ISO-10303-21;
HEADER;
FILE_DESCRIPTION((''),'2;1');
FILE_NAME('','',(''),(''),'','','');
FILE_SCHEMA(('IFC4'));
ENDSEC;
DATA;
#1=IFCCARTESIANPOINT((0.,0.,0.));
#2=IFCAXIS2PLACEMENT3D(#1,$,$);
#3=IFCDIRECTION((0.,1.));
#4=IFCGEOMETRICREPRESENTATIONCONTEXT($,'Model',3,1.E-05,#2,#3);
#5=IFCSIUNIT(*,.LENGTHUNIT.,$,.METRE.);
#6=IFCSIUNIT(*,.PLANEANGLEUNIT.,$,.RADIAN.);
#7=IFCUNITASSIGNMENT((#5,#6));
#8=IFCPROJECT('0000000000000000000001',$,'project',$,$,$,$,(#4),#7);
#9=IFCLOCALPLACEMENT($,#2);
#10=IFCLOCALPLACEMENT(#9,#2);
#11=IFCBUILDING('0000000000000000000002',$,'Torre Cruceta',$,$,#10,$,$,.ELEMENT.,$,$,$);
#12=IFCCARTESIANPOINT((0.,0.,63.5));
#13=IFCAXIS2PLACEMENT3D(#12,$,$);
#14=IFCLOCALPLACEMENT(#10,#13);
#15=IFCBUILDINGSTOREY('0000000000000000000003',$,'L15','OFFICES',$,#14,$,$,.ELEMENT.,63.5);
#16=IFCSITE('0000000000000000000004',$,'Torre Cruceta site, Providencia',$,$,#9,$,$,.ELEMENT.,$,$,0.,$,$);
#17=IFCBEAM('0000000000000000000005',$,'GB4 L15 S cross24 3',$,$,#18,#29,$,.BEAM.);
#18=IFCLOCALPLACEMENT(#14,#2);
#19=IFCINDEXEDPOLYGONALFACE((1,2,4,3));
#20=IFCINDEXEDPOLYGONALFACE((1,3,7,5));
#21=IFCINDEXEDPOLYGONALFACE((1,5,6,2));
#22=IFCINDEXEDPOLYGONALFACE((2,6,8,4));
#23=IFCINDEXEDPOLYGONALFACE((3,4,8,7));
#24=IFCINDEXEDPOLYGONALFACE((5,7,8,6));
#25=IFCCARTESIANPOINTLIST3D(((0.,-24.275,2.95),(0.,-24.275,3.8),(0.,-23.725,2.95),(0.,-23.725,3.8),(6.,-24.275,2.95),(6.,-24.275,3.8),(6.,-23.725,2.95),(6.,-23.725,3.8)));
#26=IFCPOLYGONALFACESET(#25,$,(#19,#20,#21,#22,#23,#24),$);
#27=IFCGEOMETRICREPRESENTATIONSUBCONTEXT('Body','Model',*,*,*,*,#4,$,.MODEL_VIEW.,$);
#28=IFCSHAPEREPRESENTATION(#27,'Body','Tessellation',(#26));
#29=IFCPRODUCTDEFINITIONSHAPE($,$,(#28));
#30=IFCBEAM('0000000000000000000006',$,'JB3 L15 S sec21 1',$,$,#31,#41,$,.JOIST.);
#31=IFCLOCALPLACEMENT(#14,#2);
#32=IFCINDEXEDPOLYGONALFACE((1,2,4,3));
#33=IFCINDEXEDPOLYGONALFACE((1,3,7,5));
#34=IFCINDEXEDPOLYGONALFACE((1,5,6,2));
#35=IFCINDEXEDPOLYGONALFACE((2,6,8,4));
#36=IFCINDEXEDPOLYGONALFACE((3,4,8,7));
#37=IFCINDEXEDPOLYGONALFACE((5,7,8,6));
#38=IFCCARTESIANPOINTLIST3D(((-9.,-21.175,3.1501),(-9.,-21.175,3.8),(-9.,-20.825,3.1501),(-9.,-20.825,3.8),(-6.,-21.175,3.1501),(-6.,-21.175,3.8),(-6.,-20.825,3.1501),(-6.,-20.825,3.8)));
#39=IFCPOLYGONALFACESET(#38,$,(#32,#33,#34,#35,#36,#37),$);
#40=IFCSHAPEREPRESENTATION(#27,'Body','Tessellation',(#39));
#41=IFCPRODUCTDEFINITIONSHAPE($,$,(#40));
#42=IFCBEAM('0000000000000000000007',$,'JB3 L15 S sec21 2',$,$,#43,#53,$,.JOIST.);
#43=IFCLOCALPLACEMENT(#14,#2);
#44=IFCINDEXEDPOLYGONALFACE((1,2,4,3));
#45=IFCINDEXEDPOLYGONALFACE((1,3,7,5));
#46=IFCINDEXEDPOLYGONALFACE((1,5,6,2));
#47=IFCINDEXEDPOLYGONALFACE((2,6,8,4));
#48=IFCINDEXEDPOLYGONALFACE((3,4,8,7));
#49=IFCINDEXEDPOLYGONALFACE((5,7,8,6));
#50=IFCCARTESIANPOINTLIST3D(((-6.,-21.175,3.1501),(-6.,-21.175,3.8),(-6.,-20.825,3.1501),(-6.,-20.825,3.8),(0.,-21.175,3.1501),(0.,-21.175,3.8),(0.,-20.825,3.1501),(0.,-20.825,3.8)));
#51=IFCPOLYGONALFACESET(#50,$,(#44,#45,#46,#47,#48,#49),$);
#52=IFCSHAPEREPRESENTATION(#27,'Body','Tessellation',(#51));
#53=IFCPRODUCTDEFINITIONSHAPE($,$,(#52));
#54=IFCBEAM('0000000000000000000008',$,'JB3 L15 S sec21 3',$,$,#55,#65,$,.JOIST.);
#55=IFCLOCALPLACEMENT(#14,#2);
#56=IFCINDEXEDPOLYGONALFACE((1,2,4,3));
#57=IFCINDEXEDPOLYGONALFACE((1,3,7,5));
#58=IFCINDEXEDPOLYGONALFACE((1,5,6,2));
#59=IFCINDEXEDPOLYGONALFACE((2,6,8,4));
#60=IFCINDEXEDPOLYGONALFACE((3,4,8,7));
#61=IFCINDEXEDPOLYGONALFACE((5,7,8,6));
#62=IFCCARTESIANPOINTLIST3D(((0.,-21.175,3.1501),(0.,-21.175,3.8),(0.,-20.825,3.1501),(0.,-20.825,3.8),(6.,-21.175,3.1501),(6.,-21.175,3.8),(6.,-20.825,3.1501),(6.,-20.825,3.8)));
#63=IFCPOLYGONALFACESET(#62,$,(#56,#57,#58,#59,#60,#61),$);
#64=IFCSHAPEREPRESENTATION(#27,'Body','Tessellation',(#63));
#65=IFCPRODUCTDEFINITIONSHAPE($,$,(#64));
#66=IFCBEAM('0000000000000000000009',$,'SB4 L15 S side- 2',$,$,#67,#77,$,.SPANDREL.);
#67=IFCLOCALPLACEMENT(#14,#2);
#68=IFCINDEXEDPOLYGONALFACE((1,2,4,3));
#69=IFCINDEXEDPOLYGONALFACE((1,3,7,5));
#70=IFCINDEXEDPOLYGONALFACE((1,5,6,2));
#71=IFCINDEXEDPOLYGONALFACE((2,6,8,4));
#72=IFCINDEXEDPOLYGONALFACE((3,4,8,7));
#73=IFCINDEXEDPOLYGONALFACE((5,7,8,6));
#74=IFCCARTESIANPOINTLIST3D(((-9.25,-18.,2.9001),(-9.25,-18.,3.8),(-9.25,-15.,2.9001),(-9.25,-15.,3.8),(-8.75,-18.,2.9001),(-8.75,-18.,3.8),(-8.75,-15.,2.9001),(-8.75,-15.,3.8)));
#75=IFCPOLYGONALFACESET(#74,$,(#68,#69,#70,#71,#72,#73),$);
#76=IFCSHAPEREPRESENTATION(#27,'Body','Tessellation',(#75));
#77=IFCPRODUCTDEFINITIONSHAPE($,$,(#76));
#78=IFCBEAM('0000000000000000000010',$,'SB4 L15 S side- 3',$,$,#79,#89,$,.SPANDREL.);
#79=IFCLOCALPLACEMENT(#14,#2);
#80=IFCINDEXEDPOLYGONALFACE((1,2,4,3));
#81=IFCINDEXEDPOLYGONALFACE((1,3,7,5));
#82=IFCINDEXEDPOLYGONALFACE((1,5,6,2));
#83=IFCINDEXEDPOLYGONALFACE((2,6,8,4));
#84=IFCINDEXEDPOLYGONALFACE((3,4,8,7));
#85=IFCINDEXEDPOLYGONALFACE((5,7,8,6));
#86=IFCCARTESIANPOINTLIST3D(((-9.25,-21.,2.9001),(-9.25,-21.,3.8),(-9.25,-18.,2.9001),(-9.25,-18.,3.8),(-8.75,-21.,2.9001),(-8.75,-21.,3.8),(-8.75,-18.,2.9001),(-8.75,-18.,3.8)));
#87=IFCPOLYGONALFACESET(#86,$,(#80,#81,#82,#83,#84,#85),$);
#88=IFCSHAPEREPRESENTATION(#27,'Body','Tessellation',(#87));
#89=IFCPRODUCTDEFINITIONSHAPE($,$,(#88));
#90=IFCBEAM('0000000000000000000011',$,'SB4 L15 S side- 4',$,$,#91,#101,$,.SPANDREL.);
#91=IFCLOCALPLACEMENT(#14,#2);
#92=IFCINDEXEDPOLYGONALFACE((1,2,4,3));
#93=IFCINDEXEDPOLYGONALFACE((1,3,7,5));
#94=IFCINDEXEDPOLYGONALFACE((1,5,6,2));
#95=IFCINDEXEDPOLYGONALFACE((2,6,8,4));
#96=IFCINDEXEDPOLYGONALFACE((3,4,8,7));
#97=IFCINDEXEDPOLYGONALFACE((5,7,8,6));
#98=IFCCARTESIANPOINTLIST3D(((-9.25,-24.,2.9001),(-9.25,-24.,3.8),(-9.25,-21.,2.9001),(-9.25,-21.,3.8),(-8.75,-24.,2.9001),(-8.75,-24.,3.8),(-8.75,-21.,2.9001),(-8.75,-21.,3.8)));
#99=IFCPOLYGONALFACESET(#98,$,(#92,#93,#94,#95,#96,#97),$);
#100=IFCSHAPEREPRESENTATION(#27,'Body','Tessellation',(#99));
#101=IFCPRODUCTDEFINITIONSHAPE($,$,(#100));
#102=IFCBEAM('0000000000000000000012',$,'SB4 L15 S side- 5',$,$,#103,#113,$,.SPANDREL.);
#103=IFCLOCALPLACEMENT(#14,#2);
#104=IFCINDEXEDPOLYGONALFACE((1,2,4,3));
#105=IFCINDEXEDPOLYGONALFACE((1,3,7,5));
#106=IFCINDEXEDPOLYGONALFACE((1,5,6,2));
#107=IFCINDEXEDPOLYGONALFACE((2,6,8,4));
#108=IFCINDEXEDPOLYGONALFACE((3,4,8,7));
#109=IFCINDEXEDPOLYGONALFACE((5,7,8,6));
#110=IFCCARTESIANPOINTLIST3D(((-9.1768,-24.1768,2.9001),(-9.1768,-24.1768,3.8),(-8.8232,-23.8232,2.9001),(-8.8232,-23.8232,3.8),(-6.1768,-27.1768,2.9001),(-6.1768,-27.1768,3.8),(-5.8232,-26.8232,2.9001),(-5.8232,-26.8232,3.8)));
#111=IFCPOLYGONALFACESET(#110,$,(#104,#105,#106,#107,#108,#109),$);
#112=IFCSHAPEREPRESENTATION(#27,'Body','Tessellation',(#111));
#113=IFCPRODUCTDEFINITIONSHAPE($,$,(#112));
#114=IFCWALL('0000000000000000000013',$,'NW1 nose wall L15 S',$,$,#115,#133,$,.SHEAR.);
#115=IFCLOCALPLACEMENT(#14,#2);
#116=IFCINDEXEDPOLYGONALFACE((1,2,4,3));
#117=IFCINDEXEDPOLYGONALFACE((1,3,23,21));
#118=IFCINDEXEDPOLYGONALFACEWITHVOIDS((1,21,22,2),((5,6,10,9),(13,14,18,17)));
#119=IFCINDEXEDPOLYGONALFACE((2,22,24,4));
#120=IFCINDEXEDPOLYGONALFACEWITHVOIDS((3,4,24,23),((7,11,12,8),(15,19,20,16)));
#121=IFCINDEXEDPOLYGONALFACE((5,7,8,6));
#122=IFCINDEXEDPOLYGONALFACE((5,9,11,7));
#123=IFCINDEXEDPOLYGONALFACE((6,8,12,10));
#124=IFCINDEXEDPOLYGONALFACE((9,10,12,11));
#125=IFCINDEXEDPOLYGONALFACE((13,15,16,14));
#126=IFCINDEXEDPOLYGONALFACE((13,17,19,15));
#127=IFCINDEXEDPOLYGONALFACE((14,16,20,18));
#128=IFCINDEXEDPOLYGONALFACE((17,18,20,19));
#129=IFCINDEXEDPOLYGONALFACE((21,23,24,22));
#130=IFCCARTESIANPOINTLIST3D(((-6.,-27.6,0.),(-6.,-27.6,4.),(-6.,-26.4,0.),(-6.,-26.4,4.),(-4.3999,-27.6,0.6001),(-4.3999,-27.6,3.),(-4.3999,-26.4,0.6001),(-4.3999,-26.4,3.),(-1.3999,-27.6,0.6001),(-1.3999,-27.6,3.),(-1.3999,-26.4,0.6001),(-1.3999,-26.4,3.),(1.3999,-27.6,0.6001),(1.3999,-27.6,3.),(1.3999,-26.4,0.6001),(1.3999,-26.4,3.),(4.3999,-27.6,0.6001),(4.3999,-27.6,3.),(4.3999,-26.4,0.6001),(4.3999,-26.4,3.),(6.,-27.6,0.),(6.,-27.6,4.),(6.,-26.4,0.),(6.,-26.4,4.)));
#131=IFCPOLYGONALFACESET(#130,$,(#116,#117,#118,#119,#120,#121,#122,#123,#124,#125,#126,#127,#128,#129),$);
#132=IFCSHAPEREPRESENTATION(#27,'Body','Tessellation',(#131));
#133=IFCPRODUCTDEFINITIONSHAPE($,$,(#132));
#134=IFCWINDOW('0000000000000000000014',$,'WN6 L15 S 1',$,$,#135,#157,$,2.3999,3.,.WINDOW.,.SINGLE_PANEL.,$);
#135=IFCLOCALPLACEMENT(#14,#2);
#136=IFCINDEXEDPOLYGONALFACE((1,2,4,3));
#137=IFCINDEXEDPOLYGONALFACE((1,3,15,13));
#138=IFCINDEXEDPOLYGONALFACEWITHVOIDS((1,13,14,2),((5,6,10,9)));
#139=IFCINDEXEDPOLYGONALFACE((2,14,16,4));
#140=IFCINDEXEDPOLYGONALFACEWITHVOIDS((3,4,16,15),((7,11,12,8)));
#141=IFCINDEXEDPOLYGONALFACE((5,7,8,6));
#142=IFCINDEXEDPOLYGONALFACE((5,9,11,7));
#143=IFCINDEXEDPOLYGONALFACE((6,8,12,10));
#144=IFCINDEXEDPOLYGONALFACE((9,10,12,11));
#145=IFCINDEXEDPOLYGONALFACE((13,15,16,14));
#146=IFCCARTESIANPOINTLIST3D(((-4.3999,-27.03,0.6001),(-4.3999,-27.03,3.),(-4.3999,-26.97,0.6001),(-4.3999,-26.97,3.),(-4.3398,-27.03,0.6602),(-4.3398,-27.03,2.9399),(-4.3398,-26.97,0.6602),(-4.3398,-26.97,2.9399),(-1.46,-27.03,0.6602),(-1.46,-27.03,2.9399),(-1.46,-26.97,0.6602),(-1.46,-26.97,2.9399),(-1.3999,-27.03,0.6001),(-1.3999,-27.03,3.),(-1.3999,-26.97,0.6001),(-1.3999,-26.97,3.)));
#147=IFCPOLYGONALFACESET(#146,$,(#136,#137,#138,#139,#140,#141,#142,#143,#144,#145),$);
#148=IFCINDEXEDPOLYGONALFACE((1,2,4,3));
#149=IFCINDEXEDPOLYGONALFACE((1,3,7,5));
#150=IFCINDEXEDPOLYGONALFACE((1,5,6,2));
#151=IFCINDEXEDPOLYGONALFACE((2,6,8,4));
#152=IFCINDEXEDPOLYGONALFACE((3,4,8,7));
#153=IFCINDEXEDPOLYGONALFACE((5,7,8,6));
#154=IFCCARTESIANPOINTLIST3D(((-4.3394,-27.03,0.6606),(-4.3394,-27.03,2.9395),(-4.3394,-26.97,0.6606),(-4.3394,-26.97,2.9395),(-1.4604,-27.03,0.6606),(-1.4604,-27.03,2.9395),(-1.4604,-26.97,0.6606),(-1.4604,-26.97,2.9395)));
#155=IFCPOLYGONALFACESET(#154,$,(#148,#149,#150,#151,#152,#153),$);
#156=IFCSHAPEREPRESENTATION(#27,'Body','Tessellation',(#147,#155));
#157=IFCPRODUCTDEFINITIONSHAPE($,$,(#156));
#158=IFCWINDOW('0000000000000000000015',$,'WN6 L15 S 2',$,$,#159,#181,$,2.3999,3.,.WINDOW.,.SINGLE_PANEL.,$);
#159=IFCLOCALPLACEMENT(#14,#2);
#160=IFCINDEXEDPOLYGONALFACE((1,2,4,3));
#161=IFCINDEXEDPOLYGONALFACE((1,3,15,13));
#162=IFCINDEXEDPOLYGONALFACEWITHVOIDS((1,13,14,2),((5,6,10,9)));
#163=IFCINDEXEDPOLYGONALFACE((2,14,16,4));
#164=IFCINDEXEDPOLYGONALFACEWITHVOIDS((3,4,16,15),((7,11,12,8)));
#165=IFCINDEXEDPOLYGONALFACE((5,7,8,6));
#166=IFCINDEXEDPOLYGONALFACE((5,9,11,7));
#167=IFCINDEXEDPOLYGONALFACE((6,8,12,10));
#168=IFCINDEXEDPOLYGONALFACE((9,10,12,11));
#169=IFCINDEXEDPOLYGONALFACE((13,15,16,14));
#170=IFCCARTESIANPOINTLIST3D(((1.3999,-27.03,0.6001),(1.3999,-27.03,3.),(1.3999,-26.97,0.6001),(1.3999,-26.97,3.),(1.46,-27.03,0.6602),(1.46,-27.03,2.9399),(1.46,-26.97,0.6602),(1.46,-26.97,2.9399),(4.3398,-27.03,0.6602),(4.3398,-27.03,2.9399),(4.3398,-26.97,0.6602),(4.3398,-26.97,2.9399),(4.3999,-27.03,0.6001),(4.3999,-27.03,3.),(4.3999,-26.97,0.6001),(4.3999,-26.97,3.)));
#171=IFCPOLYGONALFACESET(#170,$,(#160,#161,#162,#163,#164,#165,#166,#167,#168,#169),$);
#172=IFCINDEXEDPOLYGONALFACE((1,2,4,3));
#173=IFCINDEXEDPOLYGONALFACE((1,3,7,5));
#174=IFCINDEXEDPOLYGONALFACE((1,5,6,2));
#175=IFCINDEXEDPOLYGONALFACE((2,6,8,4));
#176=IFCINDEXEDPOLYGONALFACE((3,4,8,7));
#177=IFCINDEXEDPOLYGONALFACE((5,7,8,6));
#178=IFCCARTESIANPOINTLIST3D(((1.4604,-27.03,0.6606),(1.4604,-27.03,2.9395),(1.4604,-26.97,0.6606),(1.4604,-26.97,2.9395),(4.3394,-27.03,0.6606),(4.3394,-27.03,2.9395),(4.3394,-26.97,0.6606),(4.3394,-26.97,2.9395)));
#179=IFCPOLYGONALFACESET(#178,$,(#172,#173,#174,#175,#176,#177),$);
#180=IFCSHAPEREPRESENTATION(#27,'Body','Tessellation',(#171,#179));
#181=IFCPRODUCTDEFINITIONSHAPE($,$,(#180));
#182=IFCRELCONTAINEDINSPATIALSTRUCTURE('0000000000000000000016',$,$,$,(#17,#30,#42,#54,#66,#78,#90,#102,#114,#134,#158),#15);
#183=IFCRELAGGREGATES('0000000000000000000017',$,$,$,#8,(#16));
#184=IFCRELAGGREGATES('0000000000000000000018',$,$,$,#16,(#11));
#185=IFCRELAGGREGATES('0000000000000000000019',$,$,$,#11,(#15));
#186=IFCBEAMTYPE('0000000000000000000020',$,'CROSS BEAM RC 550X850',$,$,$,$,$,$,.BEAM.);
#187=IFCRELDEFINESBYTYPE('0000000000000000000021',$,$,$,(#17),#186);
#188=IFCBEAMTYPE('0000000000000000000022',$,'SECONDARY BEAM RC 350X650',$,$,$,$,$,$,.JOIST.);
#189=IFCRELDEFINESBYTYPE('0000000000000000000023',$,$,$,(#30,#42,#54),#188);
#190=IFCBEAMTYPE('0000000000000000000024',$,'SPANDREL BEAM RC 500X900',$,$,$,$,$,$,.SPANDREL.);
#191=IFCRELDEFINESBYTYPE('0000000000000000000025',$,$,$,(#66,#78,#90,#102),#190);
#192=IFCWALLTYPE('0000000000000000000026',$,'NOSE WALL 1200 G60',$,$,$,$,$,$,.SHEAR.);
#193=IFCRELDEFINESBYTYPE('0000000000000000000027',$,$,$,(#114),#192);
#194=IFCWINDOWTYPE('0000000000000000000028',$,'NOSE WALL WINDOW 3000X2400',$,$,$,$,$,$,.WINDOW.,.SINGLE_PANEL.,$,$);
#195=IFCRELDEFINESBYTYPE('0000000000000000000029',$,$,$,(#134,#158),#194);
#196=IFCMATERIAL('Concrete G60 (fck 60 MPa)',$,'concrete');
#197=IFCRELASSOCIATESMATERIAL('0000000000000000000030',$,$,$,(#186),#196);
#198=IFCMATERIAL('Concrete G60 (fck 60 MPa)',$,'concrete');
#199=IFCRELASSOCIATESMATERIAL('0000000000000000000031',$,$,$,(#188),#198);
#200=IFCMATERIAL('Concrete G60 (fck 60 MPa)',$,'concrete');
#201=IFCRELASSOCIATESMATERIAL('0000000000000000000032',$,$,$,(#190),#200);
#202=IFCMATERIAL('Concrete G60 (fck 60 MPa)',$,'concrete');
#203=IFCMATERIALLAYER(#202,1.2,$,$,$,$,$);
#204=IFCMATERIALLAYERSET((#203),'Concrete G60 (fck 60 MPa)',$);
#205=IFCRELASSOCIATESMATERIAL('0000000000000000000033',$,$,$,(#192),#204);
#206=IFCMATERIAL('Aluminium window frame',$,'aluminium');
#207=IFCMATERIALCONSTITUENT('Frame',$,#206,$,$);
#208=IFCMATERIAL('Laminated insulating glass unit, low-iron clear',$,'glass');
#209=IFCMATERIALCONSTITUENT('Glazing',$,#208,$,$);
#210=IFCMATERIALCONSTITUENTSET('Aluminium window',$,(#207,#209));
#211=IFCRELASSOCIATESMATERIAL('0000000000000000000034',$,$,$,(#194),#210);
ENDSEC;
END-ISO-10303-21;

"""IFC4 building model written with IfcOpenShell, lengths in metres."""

from ifc_helpers import new_model, si_unit, direction, frame, frame_2d, origin, origin_2d, place, context, subcontext, project, spatial, rectangle, hollow_rectangle, extrude, material, layer, layer_set, constituent, constituent_set, material_profile, profile_set, type_object, element, fill, save


model = new_model("IFC4")

# Units and contexts
model_context = context("Model", 3, precision=1e-05, world=origin(), true_north=direction((0.0, 1.0)))
body_context = subcontext(model_context, "Body", "Model", "MODEL_VIEW")
ifc_project = project(units=[si_unit("LENGTHUNIT", "METRE"), si_unit("PLANEANGLEUNIT", "RADIAN")], contexts=[model_context])

# Site, building, storey
site_placement = place(None, origin())
site = spatial("IfcSite", under=ifc_project, at=site_placement, Name="Torre Cruceta site, Providencia", CompositionType="ELEMENT", RefElevation=0.0)
building_placement = place(site_placement, origin())
building = spatial("IfcBuilding", under=site, at=building_placement, Name="Torre Cruceta", CompositionType="ELEMENT")
storey_placement = place(building_placement, frame((0.0, 0.0, 63.5)))
storey = spatial("IfcBuildingStorey", under=building, at=storey_placement, Name="L15", Description="OFFICES", CompositionType="ELEMENT", Elevation=63.5)

# Beams
ifc_material_1 = material(Name="Concrete G60 (fck 60 MPa)", Category="concrete")
ifc_material_profile_1 = material_profile(ifc_material_1, rectangle(XDim=0.55, YDim=0.8501, at=origin_2d()), Name="RC 550X850")
ifc_profile_set_1 = profile_set([ifc_material_profile_1], Name="Concrete G60 (fck 60 MPa)")
beam_type_1 = type_object("IfcBeamType", Name="CROSS BEAM RC 550X850", PredefinedType="BEAM", material=ifc_profile_set_1)
for number, where, z_axis, x_axis, name in (
    (1, (0.0, -24.0, 3.375), (1.0, 0.0, 0.0), (0.0, 1.0, 0.0), "GB4 L15 S cross24 3"),
):
    element("IfcBeam", number, at=place(storey_placement, frame(where, z_axis=z_axis, x_axis=x_axis)), inside=storey, type_object=beam_type_1, Name=name, PredefinedType="BEAM", context=body_context, shape_type="SweptSolid", body=[
        extrude(rectangle(XDim=0.55, YDim=0.8501, at=origin_2d()), origin(), (0.0, 0.0, 1.0), 6.0),
    ])
ifc_material_2 = material(Name="Concrete G60 (fck 60 MPa)", Category="concrete")
ifc_material_profile_2 = material_profile(ifc_material_2, rectangle(XDim=0.3501, YDim=0.6499, at=origin_2d()), Name="RC 350X650")
ifc_profile_set_2 = profile_set([ifc_material_profile_2], Name="Concrete G60 (fck 60 MPa)")
beam_type_2 = type_object("IfcBeamType", Name="SECONDARY BEAM RC 350X650", PredefinedType="JOIST", material=ifc_profile_set_2)
beam_1_placement = place(storey_placement, frame((-9.0, -21.0, 3.4751), z_axis=(1.0, 0.0, 0.0), x_axis=(0.0, 1.0, 0.0)))
element("IfcBeam", 2, at=beam_1_placement, inside=storey, type_object=beam_type_2, Name="JB3 L15 S sec21 1", PredefinedType="JOIST", context=body_context, shape_type="SweptSolid", body=[
    extrude(rectangle(XDim=0.3501, YDim=0.6499, at=origin_2d()), origin(), (0.0, 0.0, 1.0), 3.0),
])
for number, where, z_axis, x_axis, name in (
    (3, (-6.0, -21.0, 3.4751), (1.0, 0.0, 0.0), (0.0, 1.0, 0.0), "JB3 L15 S sec21 2"),
    (4, (0.0, -21.0, 3.4751), (1.0, 0.0, 0.0), (0.0, 1.0, 0.0), "JB3 L15 S sec21 3"),
):
    element("IfcBeam", number, at=place(storey_placement, frame(where, z_axis=z_axis, x_axis=x_axis)), inside=storey, type_object=beam_type_2, Name=name, PredefinedType="JOIST", context=body_context, shape_type="SweptSolid", body=[
        extrude(rectangle(XDim=0.3501, YDim=0.6499, at=origin_2d()), origin(), (0.0, 0.0, 1.0), 6.0),
    ])
ifc_material_3 = material(Name="Concrete G60 (fck 60 MPa)", Category="concrete")
ifc_material_profile_3 = material_profile(ifc_material_3, rectangle(XDim=0.5, YDim=0.8999, at=origin_2d()), Name="RC 500X900")
ifc_profile_set_3 = profile_set([ifc_material_profile_3], Name="Concrete G60 (fck 60 MPa)")
beam_type_3 = type_object("IfcBeamType", Name="SPANDREL BEAM RC 500X900", PredefinedType="SPANDREL", material=ifc_profile_set_3)
for number, where, z_axis, x_axis, name in (
    (5, (-9.0, -15.0, 3.3501), (0.0, -1.0, 0.0), (1.0, 0.0, 0.0), "SB4 L15 S side- 2"),
    (6, (-9.0, -18.0, 3.3501), (0.0, -1.0, 0.0), (1.0, 0.0, 0.0), "SB4 L15 S side- 3"),
    (7, (-9.0, -21.0, 3.3501), (0.0, -1.0, 0.0), (1.0, 0.0, 0.0), "SB4 L15 S side- 4"),
):
    element("IfcBeam", number, at=place(storey_placement, frame(where, z_axis=z_axis, x_axis=x_axis)), inside=storey, type_object=beam_type_3, Name=name, PredefinedType="SPANDREL", context=body_context, shape_type="SweptSolid", body=[
        extrude(rectangle(XDim=0.5, YDim=0.8999, at=origin_2d()), origin(), (0.0, 0.0, 1.0), 3.0),
    ])
beam_2_placement = place(storey_placement, frame((-9.0, -24.0, 3.3501), z_axis=(0.707107, -0.707107, 0.0), x_axis=(0.707107, 0.707107, 0.0)))
element("IfcBeam", 8, at=beam_2_placement, inside=storey, type_object=beam_type_3, Name="SB4 L15 S side- 5", PredefinedType="SPANDREL", context=body_context, shape_type="SweptSolid", body=[
    extrude(rectangle(XDim=0.5, YDim=0.8999, at=origin_2d()), origin(), (0.0, 0.0, 1.0), 4.2427),
])

# Wall, openings, windows
ifc_material_4 = material(Name="Concrete G60 (fck 60 MPa)", Category="concrete")
ifc_layer_1 = layer(ifc_material_4, 1.2)
ifc_layer_set_1 = layer_set([ifc_layer_1], Name="Concrete G60 (fck 60 MPa)")
wall_type_1 = type_object("IfcWallType", Name="NOSE WALL 1200 G60", PredefinedType="SHEAR", material=ifc_layer_set_1)
wall_1_placement = place(storey_placement, frame((-6.0, -27.0, 0.0), z_axis=(0.0, 0.0, 1.0), x_axis=(1.0, 0.0, 0.0)))
wall_1 = element("IfcWall", 9, at=wall_1_placement, inside=storey, type_object=wall_type_1, Name="NW1 nose wall L15 S", PredefinedType="SHEAR", context=body_context, shape_type="SweptSolid", body=[
    extrude(rectangle(XDim=12.0, YDim=1.2, at=frame_2d((6.0, 0.0))), origin(), (0.0, 0.0, 1.0), 4.0),
])
opening_1_placement = place(wall_1_placement, frame((1.6001, 0.0, 0.6001)))
opening_1 = element("IfcOpeningElement", 10, at=opening_1_placement, cuts=wall_1, PredefinedType="OPENING", context=body_context, shape_type="SweptSolid", body=[
    extrude(rectangle(XDim=3.0, YDim=2.3999, at=frame_2d((1.5, 1.2))), frame((0.0, 0.6099, 0.0), z_axis=(0.0, -1.0, 0.0), x_axis=(1.0, 0.0, 0.0)), (0.0, 0.0, 1.0), 1.22),
])
opening_2_placement = place(wall_1_placement, frame((7.3999, 0.0, 0.6001)))
opening_2 = element("IfcOpeningElement", 11, at=opening_2_placement, cuts=wall_1, PredefinedType="OPENING", context=body_context, shape_type="SweptSolid", body=[
    extrude(rectangle(XDim=3.0, YDim=2.3999, at=frame_2d((1.5, 1.2))), frame((0.0, 0.6099, 0.0), z_axis=(0.0, -1.0, 0.0), x_axis=(1.0, 0.0, 0.0)), (0.0, 0.0, 1.0), 1.22),
])
ifc_material_5 = material(Name="Aluminium window frame", Category="aluminium")
ifc_constituent_1 = constituent(ifc_material_5, Name="Frame")
ifc_material_6 = material(Name="Laminated insulating glass unit, low-iron clear", Category="glass")
ifc_constituent_2 = constituent(ifc_material_6, Name="Glazing")
ifc_constituent_set_1 = constituent_set(constituents=[ifc_constituent_1, ifc_constituent_2], Name="Aluminium window")
window_type = type_object("IfcWindowType", Name="NOSE WALL WINDOW 3000X2400", PartitioningType="SINGLE_PANEL", PredefinedType="WINDOW", material=ifc_constituent_set_1)
window_1_placement = place(opening_1_placement, origin())
window_1 = element("IfcWindow", 12, at=window_1_placement, inside=storey, type_object=window_type, Name="WN6 L15 S 1", OverallHeight=2.3999, OverallWidth=3.0, PartitioningType="SINGLE_PANEL", PredefinedType="WINDOW", context=body_context, shape_type="SweptSolid", body=[
    extrude(hollow_rectangle(XDim=3.0, YDim=2.3999, WallThickness=0.0601, at=frame_2d((1.5, 1.2))), frame((0.0, 0.03, 0.0), z_axis=(0.0, -1.0, 0.0), x_axis=(1.0, 0.0, 0.0)), (0.0, 0.0, 1.0), 0.0601),
    extrude(rectangle(XDim=2.8789, YDim=2.2788, at=frame_2d((1.5, 1.2))), frame((0.0, 0.03, 0.0), z_axis=(0.0, -1.0, 0.0), x_axis=(1.0, 0.0, 0.0)), (0.0, 0.0, 1.0), 0.0601),
])
fill(opening_1, window_1)
window_2_placement = place(opening_2_placement, origin())
window_2 = element("IfcWindow", 13, at=window_2_placement, inside=storey, type_object=window_type, Name="WN6 L15 S 2", OverallHeight=2.3999, OverallWidth=3.0, PartitioningType="SINGLE_PANEL", PredefinedType="WINDOW", context=body_context, shape_type="SweptSolid", body=[
    extrude(hollow_rectangle(XDim=3.0, YDim=2.3999, WallThickness=0.0601, at=frame_2d((1.5, 1.2))), frame((0.0, 0.03, 0.0), z_axis=(0.0, -1.0, 0.0), x_axis=(1.0, 0.0, 0.0)), (0.0, 0.0, 1.0), 0.0601),
    extrude(rectangle(XDim=2.8789, YDim=2.2788, at=frame_2d((1.5, 1.2))), frame((0.0, 0.03, 0.0), z_axis=(0.0, -1.0, 0.0), x_axis=(1.0, 0.0, 0.0)), (0.0, 0.0, 1.0), 0.0601),
])
fill(opening_2, window_2)

save(model, "model.ifc")
